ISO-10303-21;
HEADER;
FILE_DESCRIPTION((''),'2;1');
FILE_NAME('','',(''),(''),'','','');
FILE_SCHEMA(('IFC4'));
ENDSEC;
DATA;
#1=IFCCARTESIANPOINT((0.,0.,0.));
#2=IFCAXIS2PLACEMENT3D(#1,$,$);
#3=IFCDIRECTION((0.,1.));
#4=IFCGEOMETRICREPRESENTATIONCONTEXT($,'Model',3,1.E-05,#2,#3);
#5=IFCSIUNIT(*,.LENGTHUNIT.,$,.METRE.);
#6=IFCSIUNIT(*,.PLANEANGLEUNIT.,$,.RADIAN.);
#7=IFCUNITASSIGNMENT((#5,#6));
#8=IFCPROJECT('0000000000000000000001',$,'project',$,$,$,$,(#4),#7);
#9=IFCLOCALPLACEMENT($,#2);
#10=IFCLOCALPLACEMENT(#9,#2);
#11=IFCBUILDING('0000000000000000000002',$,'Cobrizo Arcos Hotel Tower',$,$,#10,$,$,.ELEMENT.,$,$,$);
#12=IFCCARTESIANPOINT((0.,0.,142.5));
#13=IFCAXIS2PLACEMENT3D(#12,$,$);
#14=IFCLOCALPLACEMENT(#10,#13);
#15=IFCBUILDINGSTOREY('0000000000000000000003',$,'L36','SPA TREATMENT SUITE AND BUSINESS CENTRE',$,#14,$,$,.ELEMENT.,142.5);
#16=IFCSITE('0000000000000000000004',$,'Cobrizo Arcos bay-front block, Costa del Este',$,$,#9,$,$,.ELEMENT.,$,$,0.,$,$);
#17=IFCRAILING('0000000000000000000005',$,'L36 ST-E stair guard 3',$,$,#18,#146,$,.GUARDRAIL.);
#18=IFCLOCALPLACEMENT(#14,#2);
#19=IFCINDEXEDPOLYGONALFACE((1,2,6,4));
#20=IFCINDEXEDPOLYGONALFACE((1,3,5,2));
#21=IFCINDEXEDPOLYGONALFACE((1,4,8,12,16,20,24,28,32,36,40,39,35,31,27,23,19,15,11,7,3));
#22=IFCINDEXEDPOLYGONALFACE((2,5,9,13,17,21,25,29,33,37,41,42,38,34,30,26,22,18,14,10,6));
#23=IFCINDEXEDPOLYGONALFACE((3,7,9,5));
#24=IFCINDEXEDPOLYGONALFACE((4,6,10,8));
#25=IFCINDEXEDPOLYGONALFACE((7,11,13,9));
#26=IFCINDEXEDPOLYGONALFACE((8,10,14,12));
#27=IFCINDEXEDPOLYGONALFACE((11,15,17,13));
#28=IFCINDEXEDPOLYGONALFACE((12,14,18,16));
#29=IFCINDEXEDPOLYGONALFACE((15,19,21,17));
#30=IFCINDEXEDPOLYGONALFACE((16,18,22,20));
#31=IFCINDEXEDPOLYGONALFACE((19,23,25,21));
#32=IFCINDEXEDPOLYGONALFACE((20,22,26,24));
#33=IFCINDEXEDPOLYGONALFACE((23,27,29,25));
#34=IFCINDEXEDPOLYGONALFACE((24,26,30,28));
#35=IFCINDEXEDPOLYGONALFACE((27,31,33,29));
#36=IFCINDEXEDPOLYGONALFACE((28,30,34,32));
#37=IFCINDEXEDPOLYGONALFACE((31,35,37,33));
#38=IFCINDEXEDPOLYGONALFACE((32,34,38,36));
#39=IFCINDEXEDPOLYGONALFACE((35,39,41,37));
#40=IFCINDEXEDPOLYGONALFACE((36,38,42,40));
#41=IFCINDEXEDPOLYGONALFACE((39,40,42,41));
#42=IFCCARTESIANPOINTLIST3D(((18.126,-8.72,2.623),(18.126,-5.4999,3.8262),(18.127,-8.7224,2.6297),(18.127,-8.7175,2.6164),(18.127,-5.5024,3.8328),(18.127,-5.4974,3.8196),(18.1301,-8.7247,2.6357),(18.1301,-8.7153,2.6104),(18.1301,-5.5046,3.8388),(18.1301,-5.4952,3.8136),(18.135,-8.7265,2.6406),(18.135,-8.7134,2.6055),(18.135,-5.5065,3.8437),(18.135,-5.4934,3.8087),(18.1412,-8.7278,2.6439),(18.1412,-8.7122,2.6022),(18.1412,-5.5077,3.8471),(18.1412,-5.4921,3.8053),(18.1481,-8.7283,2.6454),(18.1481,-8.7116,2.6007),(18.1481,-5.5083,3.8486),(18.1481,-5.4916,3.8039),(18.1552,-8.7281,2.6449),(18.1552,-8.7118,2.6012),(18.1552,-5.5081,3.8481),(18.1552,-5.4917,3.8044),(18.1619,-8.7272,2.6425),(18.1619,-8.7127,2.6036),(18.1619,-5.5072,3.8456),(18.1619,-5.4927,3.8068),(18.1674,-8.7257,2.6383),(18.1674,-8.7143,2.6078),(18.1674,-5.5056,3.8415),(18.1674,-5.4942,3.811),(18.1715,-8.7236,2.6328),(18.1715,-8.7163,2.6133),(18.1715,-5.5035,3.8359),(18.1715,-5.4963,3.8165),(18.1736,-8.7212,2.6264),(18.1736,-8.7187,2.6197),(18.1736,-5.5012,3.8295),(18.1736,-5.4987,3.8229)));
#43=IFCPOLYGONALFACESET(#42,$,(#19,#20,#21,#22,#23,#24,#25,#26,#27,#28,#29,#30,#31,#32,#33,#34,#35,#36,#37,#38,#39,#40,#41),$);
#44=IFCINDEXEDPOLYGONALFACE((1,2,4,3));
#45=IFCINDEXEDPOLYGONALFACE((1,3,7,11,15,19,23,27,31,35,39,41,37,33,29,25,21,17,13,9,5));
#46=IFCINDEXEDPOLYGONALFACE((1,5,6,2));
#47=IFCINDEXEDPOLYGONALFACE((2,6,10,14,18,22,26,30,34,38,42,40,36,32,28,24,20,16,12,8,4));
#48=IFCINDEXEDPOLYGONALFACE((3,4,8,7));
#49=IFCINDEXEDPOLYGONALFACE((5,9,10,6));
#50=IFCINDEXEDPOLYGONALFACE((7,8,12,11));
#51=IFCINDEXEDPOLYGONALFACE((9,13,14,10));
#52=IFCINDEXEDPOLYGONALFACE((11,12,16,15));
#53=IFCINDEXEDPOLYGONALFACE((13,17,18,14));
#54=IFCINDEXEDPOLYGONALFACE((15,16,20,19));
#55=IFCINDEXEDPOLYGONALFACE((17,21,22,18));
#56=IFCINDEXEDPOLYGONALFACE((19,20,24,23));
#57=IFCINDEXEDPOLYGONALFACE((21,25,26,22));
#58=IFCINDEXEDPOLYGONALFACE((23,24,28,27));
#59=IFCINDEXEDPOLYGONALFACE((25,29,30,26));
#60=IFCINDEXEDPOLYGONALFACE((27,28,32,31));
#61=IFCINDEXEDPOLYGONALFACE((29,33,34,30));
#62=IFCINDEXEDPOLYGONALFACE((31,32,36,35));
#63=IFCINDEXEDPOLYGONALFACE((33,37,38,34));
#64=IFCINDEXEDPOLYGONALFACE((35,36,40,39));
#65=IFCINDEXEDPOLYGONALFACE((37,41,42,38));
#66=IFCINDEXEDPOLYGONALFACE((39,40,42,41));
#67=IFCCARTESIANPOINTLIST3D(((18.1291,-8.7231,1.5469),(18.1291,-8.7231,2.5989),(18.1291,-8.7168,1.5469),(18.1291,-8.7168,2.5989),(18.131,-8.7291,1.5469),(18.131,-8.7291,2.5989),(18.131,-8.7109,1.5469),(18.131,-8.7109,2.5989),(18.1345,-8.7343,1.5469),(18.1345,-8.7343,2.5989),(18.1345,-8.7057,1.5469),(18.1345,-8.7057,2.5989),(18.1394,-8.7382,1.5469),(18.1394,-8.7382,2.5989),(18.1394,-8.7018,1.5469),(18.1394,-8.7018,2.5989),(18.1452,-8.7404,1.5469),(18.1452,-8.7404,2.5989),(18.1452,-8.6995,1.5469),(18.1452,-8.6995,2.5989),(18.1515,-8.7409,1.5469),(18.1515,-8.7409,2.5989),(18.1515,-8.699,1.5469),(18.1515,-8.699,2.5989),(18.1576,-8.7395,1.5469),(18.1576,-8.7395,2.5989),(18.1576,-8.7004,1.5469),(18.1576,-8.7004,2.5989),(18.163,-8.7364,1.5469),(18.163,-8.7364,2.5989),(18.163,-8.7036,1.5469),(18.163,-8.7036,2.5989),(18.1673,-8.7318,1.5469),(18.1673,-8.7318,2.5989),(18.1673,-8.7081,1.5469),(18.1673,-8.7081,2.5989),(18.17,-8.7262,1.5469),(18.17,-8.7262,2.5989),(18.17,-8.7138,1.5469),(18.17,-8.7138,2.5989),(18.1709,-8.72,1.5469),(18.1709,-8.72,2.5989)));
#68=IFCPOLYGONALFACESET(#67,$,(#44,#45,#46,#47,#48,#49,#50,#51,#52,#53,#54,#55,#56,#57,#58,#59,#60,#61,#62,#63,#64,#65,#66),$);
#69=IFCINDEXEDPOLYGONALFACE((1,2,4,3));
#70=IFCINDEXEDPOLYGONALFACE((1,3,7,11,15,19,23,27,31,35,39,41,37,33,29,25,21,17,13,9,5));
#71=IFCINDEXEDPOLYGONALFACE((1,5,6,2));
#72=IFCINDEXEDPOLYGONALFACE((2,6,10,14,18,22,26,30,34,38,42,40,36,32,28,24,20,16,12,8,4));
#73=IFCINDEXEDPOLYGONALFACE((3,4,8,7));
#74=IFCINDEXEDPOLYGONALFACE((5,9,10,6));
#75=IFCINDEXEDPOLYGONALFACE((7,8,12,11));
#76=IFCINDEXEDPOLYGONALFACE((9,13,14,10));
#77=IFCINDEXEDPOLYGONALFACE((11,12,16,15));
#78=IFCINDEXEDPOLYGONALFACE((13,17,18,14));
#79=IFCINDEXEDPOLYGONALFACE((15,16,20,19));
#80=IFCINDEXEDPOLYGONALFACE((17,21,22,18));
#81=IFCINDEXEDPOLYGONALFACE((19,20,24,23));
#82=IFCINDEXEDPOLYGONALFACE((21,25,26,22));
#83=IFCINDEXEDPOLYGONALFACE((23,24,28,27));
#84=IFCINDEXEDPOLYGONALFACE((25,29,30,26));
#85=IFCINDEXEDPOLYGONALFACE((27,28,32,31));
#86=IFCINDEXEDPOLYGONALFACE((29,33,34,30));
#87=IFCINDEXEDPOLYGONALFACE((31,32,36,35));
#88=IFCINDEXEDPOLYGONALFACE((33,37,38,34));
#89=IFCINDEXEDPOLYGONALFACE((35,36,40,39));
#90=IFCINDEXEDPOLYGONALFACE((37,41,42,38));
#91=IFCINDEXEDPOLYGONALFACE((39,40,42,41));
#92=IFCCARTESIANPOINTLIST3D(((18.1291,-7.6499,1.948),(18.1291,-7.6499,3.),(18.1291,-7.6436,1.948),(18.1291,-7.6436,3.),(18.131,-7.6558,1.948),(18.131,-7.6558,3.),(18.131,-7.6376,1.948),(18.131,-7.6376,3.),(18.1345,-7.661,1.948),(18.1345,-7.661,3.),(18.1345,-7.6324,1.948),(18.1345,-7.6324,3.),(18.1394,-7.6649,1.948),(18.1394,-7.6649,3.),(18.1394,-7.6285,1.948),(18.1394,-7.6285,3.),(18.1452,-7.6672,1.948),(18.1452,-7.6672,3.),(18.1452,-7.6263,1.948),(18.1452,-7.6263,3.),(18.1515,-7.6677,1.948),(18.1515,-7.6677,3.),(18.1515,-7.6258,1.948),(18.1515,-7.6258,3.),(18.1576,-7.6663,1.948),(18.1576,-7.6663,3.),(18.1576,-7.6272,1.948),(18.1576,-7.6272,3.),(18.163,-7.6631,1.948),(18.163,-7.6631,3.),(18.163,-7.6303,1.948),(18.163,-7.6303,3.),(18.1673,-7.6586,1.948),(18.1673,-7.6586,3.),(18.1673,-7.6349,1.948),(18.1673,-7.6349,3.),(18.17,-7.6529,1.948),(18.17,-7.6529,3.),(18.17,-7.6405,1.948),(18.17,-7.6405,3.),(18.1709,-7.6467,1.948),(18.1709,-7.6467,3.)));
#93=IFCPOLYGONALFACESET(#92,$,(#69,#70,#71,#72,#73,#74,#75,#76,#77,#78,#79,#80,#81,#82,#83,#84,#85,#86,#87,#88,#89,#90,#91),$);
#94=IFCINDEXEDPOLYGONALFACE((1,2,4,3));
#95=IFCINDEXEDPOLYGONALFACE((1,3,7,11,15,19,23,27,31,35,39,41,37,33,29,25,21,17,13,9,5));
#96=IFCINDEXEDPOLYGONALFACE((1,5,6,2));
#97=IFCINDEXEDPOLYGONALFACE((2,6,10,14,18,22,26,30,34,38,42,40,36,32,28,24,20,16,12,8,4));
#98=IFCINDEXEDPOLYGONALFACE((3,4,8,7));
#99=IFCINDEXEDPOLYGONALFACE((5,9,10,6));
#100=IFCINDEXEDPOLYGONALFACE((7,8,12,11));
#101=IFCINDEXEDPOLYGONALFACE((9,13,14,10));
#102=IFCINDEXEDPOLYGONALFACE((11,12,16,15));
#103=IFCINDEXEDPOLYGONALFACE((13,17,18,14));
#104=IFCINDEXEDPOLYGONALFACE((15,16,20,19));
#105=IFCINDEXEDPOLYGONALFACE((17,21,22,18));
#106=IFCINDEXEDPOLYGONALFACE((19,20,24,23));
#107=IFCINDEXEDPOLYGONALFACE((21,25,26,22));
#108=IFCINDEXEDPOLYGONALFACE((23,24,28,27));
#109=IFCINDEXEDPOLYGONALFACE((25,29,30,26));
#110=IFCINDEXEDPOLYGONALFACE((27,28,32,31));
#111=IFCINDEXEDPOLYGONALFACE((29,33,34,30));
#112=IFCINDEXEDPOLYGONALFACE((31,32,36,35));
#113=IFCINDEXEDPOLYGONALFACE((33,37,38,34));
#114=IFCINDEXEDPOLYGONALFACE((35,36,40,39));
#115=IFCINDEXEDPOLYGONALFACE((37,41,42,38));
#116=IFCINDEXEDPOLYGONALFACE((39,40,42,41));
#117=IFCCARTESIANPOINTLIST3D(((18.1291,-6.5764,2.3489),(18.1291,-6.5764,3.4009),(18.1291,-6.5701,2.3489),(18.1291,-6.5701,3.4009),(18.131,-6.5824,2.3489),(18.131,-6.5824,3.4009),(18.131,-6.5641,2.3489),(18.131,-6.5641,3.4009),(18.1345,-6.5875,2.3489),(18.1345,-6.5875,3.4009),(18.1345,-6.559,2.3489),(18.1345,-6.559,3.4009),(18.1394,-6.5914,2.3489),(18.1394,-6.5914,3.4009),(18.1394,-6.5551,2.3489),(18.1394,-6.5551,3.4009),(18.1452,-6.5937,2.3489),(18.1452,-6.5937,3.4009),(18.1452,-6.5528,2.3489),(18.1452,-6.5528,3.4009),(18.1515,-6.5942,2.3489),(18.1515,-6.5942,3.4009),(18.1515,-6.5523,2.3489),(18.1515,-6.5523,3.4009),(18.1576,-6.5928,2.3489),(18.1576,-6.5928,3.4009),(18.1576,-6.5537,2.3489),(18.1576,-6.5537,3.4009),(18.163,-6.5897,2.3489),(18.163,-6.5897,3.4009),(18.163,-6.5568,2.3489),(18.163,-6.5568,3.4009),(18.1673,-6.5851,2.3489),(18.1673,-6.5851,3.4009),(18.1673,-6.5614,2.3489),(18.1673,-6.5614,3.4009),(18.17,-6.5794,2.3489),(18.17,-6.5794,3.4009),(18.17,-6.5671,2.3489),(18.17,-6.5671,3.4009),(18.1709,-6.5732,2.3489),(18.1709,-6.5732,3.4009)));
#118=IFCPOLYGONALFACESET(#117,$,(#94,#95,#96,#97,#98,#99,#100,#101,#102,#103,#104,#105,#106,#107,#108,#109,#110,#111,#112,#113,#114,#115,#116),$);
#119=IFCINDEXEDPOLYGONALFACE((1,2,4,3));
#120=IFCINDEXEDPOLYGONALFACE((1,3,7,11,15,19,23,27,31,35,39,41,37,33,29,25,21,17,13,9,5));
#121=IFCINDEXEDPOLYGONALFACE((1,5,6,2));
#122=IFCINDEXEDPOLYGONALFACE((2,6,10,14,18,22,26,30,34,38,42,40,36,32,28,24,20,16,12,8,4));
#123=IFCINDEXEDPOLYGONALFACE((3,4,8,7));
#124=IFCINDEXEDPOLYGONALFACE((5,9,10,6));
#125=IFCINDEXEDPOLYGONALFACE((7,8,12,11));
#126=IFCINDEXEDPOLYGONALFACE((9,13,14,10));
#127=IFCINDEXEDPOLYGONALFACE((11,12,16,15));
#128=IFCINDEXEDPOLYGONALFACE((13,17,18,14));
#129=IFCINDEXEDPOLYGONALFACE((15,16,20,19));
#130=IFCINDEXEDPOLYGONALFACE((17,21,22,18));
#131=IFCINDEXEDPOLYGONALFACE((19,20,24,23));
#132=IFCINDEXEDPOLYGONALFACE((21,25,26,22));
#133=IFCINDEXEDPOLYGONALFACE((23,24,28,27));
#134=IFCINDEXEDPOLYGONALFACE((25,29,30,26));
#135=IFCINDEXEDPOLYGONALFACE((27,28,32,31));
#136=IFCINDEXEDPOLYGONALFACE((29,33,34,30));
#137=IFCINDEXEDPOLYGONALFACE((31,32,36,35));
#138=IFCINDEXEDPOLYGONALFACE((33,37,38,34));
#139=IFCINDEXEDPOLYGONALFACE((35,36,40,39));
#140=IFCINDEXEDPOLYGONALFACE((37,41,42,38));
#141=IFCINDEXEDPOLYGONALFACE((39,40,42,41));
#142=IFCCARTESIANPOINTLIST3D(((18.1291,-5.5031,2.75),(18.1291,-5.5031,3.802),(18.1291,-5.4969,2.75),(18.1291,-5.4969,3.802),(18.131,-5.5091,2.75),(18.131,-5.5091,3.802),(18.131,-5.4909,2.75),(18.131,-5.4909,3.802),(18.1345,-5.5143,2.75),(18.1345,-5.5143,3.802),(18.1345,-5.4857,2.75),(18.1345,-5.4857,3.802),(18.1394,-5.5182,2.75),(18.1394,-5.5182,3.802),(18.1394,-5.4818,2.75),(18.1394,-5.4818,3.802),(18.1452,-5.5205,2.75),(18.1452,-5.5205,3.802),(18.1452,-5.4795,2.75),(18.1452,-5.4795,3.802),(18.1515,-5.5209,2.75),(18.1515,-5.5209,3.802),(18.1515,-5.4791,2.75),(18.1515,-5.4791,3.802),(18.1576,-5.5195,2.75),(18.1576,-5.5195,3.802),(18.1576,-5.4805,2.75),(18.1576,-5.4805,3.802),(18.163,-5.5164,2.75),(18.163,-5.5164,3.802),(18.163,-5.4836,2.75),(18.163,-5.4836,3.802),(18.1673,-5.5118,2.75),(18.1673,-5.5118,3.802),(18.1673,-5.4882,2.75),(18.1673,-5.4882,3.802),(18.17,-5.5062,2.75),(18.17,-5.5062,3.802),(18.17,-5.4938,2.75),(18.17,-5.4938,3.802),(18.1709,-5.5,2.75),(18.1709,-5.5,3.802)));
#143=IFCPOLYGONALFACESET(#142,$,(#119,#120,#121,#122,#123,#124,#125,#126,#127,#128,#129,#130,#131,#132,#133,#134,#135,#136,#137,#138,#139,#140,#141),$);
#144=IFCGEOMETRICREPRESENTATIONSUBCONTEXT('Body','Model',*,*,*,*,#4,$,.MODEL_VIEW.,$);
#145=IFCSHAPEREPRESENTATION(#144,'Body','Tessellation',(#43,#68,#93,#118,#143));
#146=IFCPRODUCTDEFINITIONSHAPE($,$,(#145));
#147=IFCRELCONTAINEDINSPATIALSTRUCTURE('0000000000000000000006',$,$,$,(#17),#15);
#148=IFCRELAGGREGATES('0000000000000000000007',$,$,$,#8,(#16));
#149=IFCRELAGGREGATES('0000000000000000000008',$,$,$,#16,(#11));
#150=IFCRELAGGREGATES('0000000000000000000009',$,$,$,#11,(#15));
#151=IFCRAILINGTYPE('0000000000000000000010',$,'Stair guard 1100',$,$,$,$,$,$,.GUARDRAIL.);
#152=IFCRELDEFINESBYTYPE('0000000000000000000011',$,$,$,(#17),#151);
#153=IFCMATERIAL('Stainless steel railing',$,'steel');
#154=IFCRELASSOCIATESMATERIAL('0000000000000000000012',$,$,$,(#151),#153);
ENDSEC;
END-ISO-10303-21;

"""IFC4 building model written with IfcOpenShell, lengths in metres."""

from ifc_helpers import new_model, si_unit, direction, frame, origin, origin_2d, place, context, subcontext, project, spatial, circle, extrude, material, type_object, element, save


model = new_model("IFC4")

# Units and contexts
model_context = context("Model", 3, precision=1e-05, world=origin(), true_north=direction((0.0, 1.0)))
body_context = subcontext(model_context, "Body", "Model", "MODEL_VIEW")
ifc_project = project(units=[si_unit("LENGTHUNIT", "METRE"), si_unit("PLANEANGLEUNIT", "RADIAN")], contexts=[model_context])

# Site, building, storey
site_placement = place(None, origin())
site = spatial("IfcSite", under=ifc_project, at=site_placement, Name="Cobrizo Arcos bay-front block, Costa del Este", CompositionType="ELEMENT", RefElevation=0.0)
building_placement = place(site_placement, origin())
building = spatial("IfcBuilding", under=site, at=building_placement, Name="Cobrizo Arcos Hotel Tower", CompositionType="ELEMENT")
storey_placement = place(building_placement, frame((0.0, 0.0, 142.5)))
storey = spatial("IfcBuildingStorey", under=building, at=storey_placement, Name="L36", Description="SPA TREATMENT SUITE AND BUSINESS CENTRE", CompositionType="ELEMENT", Elevation=142.5)

# Railing
ifc_material_1 = material(Name="Stainless steel railing", Category="steel")
railing_type_1 = type_object("IfcRailingType", Name="Stair guard 1100", PredefinedType="GUARDRAIL", material=ifc_material_1)
railing_1_placement = place(storey_placement, frame((18.1499, -8.72, 1.5469)))
element("IfcRailing", 1, at=railing_1_placement, inside=storey, type_object=railing_type_1, Name="L36 ST-E stair guard 3", PredefinedType="GUARDRAIL", context=body_context, shape_type="SweptSolid", body=[
    extrude(circle(Radius=0.0239, at=origin_2d()), frame((0.0, 0.0, 1.0762), z_axis=(0.0, 0.936746, 0.35001), x_axis=(-1.0, 0.0, 0.0)), (0.0, 0.0, 1.0), 3.4375),
    extrude(circle(Radius=0.021, at=origin_2d()), origin(), (0.0, 0.0, 1.0), 1.052),
    extrude(circle(Radius=0.021, at=origin_2d()), frame((0.0, 1.0732, 0.4011)), (0.0, 0.0, 1.0), 1.052),
    extrude(circle(Radius=0.021, at=origin_2d()), frame((0.0, 2.1467, 0.802)), (0.0, 0.0, 1.0), 1.052),
    extrude(circle(Radius=0.021, at=origin_2d()), frame((0.0, 3.22, 1.2031)), (0.0, 0.0, 1.0), 1.052),
])

save(model, "model.ifc")
